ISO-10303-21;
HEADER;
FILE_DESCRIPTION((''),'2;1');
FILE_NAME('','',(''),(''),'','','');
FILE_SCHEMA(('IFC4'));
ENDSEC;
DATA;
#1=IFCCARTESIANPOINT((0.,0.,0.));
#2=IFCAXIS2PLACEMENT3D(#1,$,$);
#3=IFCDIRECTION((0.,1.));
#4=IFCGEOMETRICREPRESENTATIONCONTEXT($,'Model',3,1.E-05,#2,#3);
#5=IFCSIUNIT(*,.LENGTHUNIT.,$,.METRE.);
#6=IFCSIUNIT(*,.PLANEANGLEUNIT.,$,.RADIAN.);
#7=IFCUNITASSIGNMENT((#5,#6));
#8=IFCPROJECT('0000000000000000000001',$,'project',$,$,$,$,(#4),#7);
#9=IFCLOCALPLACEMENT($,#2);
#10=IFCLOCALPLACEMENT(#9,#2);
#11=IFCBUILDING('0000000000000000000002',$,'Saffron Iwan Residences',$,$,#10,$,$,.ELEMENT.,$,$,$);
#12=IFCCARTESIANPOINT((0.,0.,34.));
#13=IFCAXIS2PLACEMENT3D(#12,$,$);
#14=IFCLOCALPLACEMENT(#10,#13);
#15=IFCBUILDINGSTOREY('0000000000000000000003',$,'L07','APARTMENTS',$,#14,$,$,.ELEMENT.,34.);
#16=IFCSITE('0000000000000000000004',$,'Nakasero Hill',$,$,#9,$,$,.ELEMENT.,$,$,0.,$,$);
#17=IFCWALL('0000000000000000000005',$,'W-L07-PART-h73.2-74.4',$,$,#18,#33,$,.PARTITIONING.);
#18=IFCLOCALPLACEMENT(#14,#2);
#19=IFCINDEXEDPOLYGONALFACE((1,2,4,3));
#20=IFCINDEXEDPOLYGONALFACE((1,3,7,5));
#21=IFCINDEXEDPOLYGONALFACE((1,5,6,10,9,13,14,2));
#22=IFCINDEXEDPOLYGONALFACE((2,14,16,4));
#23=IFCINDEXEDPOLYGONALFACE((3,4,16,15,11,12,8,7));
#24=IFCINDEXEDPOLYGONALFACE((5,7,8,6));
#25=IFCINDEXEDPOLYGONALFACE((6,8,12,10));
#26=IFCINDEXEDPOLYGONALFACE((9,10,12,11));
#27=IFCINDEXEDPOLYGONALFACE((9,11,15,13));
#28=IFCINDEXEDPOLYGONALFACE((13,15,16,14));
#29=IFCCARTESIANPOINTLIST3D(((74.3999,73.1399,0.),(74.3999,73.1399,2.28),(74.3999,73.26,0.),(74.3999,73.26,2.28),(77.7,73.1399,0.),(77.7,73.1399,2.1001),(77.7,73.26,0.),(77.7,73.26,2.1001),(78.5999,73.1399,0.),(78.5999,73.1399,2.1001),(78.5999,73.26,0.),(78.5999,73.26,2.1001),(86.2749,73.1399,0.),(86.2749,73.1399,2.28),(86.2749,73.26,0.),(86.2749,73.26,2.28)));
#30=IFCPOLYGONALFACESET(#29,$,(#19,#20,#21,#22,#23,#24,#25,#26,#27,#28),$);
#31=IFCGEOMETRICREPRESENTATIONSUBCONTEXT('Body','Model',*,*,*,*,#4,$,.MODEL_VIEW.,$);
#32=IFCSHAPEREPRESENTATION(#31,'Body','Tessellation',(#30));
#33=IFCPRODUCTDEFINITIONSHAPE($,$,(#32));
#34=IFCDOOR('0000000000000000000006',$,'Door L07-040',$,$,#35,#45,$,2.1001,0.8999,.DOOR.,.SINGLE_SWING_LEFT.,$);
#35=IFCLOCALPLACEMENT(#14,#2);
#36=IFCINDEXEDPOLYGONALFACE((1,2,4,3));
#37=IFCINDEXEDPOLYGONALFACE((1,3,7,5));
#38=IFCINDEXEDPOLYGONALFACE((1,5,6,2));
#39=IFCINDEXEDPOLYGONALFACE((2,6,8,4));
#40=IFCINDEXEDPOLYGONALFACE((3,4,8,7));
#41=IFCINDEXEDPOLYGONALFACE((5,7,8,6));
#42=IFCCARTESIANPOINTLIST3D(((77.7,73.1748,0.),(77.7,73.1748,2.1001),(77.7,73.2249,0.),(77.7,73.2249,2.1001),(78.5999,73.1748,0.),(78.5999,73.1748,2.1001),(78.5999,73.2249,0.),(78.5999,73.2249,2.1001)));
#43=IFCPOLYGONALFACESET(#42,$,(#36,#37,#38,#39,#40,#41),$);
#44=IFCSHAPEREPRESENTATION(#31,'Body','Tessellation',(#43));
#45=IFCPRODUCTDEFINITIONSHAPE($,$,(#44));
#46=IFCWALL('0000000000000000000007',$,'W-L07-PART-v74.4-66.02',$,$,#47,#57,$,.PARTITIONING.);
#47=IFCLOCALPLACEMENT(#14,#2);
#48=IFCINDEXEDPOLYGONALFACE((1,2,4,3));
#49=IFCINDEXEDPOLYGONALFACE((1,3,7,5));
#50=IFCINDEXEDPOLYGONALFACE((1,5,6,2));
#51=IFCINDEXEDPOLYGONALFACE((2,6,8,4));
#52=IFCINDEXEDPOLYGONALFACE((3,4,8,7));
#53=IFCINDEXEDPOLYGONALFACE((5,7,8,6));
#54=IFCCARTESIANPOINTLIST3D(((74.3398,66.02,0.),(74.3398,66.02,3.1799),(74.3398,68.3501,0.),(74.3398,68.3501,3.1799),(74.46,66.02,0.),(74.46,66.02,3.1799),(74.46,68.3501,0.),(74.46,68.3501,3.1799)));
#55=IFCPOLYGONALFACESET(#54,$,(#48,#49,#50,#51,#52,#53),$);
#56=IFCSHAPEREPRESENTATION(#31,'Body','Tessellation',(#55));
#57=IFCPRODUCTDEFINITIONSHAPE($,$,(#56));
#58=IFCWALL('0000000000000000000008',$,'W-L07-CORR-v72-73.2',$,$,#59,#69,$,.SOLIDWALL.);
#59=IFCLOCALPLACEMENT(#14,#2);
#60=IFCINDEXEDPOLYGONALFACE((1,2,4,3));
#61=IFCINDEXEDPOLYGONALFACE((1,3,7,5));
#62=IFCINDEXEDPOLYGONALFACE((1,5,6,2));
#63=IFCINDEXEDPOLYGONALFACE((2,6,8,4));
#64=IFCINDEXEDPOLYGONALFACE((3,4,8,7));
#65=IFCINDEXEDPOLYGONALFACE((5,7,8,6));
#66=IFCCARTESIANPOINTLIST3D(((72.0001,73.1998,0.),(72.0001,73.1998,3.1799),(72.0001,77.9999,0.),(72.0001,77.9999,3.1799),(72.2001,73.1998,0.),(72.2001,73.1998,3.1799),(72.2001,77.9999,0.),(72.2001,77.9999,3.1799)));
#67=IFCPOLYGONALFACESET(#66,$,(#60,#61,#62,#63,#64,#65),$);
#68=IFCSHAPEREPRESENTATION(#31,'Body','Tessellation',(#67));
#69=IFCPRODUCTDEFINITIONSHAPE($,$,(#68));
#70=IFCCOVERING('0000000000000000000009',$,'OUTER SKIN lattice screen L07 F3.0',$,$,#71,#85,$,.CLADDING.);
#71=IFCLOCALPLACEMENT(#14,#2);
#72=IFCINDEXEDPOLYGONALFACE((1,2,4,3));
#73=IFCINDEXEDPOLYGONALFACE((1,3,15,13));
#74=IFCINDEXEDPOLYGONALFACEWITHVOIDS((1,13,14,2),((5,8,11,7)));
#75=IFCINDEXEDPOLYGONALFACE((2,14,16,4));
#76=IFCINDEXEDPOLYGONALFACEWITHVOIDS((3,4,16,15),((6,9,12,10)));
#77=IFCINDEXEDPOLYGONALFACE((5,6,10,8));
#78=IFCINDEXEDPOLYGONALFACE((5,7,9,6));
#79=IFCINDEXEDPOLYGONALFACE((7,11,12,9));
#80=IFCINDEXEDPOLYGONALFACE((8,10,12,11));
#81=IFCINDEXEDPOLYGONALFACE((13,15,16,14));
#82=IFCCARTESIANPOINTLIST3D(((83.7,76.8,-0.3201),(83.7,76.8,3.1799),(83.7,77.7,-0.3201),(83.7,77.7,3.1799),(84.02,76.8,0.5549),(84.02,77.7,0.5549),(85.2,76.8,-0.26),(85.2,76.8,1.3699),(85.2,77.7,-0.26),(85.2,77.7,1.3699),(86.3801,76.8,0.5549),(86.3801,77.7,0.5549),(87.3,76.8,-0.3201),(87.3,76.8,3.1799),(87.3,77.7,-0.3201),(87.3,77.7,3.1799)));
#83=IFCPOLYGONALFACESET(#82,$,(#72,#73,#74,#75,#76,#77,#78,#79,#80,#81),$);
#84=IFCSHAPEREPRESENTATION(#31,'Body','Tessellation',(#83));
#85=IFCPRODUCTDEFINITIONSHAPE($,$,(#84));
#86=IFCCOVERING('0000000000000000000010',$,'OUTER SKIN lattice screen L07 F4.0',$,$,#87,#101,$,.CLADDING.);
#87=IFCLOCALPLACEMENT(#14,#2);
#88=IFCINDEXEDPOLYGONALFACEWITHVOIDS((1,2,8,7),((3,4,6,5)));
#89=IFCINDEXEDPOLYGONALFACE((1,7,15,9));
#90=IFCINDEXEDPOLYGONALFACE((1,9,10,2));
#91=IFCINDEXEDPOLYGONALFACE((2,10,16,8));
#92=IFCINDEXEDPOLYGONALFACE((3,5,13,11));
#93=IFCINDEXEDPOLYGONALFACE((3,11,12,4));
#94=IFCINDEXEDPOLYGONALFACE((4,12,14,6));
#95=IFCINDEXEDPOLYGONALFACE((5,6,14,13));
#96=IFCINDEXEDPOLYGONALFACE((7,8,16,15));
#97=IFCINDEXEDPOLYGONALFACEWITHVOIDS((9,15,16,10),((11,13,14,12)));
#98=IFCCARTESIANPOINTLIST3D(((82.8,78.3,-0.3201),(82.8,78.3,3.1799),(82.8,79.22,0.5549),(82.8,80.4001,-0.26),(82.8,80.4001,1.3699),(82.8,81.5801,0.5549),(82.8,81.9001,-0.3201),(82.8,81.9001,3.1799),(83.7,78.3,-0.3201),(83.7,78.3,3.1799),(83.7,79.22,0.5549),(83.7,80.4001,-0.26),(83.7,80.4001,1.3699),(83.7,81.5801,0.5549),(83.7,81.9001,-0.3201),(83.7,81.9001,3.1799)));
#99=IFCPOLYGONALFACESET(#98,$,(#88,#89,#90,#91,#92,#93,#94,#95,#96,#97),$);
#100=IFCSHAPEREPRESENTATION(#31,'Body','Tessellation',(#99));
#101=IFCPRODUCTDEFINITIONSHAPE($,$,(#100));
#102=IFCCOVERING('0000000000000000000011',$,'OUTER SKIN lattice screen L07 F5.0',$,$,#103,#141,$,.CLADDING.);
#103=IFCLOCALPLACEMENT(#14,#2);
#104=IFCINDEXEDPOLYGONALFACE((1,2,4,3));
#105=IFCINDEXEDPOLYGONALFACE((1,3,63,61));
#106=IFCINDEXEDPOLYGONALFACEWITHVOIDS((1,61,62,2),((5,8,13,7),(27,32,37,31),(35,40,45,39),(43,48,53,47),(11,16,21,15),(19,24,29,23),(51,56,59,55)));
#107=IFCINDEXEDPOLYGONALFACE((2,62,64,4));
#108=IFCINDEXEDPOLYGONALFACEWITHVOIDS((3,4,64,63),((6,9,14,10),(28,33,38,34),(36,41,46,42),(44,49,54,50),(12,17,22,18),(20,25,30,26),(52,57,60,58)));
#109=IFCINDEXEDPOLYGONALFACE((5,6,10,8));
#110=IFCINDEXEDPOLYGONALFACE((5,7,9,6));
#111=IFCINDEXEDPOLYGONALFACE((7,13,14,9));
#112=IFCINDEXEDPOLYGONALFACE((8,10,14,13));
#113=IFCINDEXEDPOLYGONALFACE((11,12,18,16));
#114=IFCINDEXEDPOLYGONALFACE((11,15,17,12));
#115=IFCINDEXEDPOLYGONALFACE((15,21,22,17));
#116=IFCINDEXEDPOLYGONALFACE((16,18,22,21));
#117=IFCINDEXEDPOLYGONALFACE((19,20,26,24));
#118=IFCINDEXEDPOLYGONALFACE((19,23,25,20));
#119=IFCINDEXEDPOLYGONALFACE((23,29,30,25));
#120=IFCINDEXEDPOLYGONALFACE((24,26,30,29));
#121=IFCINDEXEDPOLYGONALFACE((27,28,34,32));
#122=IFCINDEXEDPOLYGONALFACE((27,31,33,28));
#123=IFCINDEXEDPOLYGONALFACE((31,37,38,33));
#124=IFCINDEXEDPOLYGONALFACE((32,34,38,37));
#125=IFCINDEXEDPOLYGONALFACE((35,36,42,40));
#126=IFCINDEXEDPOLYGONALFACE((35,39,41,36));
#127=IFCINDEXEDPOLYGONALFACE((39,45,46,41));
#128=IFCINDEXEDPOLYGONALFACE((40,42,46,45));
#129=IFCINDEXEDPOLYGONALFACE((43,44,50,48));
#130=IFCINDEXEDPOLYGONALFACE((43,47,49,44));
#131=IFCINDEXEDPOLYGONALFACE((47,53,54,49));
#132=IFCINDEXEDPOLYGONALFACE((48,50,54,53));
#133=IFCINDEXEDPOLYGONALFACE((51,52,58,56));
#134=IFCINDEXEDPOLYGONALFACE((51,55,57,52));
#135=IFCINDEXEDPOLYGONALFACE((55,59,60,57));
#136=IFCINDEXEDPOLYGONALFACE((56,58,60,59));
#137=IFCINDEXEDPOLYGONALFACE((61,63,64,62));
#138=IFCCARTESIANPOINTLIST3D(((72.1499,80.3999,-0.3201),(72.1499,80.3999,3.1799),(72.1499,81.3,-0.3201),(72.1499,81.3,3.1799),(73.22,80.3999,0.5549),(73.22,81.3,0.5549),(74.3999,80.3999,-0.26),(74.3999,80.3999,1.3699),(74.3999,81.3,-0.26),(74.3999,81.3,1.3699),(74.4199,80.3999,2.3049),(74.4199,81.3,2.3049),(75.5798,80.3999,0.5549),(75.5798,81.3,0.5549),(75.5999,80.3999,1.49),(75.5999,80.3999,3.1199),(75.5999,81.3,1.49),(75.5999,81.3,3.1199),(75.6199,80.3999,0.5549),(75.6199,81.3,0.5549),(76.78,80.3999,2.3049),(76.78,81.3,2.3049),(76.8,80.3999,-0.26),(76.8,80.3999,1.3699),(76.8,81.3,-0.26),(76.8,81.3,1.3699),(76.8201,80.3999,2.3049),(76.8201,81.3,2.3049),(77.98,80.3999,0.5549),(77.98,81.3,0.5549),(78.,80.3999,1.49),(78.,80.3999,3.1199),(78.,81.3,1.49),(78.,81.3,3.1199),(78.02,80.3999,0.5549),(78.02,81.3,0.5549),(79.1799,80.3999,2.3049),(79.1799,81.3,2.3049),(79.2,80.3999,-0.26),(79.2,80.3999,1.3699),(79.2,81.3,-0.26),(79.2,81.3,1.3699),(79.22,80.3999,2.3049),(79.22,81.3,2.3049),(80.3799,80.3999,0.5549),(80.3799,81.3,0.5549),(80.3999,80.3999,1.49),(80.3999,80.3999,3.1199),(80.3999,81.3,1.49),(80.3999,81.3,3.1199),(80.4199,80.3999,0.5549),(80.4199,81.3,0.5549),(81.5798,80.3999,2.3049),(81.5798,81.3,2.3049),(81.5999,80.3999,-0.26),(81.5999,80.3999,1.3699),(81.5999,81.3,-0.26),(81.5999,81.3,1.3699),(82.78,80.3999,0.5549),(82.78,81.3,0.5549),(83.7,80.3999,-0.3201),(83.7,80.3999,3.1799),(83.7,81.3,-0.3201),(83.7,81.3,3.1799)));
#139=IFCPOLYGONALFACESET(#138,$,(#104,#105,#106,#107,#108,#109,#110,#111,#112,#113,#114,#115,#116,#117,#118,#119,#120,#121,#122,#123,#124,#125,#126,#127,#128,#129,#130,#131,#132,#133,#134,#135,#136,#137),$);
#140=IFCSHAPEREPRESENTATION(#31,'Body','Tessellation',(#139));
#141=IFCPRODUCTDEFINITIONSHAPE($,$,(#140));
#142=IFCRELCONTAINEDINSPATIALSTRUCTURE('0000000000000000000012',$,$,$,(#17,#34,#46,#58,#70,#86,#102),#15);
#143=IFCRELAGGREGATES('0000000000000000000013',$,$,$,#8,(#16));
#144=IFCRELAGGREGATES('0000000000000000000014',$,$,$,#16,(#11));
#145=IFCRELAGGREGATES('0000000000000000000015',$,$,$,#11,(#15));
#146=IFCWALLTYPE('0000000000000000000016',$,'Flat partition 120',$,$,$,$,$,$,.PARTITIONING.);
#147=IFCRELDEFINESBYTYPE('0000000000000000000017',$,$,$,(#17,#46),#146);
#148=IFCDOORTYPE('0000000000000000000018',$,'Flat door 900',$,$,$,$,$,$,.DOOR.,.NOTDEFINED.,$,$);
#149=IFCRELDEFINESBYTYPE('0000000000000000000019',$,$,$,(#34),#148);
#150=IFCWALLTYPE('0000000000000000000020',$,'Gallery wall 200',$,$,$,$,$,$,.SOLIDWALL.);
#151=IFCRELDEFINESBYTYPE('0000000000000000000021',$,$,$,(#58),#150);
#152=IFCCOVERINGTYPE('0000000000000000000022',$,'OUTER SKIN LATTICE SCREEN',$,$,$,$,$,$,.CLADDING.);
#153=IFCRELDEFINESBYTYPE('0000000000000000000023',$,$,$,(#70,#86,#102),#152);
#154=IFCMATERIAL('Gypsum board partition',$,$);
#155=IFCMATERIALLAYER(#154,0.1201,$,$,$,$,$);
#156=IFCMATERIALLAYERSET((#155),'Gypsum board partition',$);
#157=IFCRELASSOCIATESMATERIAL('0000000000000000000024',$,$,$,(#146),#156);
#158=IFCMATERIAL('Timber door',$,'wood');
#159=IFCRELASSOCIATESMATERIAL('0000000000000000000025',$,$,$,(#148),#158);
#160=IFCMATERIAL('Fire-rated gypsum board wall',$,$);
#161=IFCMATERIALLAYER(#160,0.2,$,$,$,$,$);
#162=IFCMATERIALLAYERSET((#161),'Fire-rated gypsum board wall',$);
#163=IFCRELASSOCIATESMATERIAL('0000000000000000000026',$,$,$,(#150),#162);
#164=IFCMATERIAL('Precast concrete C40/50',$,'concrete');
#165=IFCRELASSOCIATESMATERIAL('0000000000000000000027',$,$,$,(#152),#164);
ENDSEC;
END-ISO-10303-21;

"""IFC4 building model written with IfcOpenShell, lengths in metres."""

from ifc_helpers import new_model, si_unit, direction, frame, frame_2d, origin, place, context, subcontext, project, spatial, polyline, rectangle, outline, extrude, material, layer, layer_set, type_object, element, fill, save


model = new_model("IFC4")

# Units and contexts
model_context = context("Model", 3, precision=1e-05, world=origin(), true_north=direction((0.0, 1.0)))
body_context = subcontext(model_context, "Body", "Model", "MODEL_VIEW")
ifc_project = project(units=[si_unit("LENGTHUNIT", "METRE"), si_unit("PLANEANGLEUNIT", "RADIAN")], contexts=[model_context])

# Site, building, storey
site_placement = place(None, origin())
site = spatial("IfcSite", under=ifc_project, at=site_placement, Name="Nakasero Hill", CompositionType="ELEMENT", RefElevation=0.0)
building_placement = place(site_placement, origin())
building = spatial("IfcBuilding", under=site, at=building_placement, Name="Saffron Iwan Residences", CompositionType="ELEMENT")
storey_placement = place(building_placement, frame((0.0, 0.0, 34.0)))
storey = spatial("IfcBuildingStorey", under=building, at=storey_placement, Name="L07", Description="APARTMENTS", CompositionType="ELEMENT", Elevation=34.0)

# Shared definitions
ifc_material_1 = material(Name="Gypsum board partition")
ifc_layer_1 = layer(ifc_material_1, 0.1201)
ifc_layer_set_1 = layer_set([ifc_layer_1], Name="Gypsum board partition")
wall_type_1 = type_object("IfcWallType", Name="Flat partition 120", PredefinedType="PARTITIONING", material=ifc_layer_set_1)

# Wall, opening, door
wall_1_placement = place(storey_placement, frame((74.3999, 73.2, 0.0), z_axis=(0.0, 0.0, 1.0), x_axis=(1.0, 0.0, 0.0)))
wall_1 = element("IfcWall", 1, at=wall_1_placement, inside=storey, type_object=wall_type_1, Name="W-L07-PART-h73.2-74.4", PredefinedType="PARTITIONING", context=body_context, shape_type="SweptSolid", body=[
    extrude(rectangle(XDim=11.875, YDim=0.1201, at=frame_2d((5.9375, 0.0))), origin(), (0.0, 0.0, 1.0), 2.28),
])
opening_1_placement = place(wall_1_placement, frame((3.3, 0.0, 0.0)))
opening_1 = element("IfcOpeningElement", 2, at=opening_1_placement, cuts=wall_1, PredefinedType="OPENING", context=body_context, shape_type="SweptSolid", body=[
    extrude(rectangle(XDim=0.8999, YDim=2.1001, at=frame_2d((0.45, 1.05))), frame((0.0, 0.0701, 0.0), z_axis=(0.0, -1.0, 0.0), x_axis=(1.0, 0.0, 0.0)), (0.0, 0.0, 1.0), 0.1401),
])
ifc_material_2 = material(Name="Timber door", Category="wood")
door_type = type_object("IfcDoorType", Name="Flat door 900", OperationType="NOTDEFINED", PredefinedType="DOOR", material=ifc_material_2)
door_placement = place(opening_1_placement, origin())
door = element("IfcDoor", 3, at=door_placement, inside=storey, type_object=door_type, Name="Door L07-040", OperationType="SINGLE_SWING_LEFT", OverallHeight=2.1001, OverallWidth=0.8999, PredefinedType="DOOR", context=body_context, shape_type="SweptSolid", body=[
    extrude(rectangle(XDim=0.8999, YDim=2.1001, at=frame_2d((0.45, 1.05))), frame((0.0, 0.0249, 0.0), z_axis=(0.0, -1.0, 0.0), x_axis=(1.0, 0.0, 0.0)), (0.0, 0.0, 1.0), 0.05),
])
fill(opening_1, door)

# Walls
wall_2_placement = place(storey_placement, frame((74.3999, 66.02, 0.0), z_axis=(0.0, 0.0, 1.0), x_axis=(0.0, 1.0, 0.0)))
element("IfcWall", 4, at=wall_2_placement, inside=storey, type_object=wall_type_1, Name="W-L07-PART-v74.4-66.02", PredefinedType="PARTITIONING", context=body_context, shape_type="SweptSolid", body=[
    extrude(rectangle(XDim=2.3301, YDim=0.1201, at=frame_2d((1.165, 0.0))), origin(), (0.0, 0.0, 1.0), 3.1799),
])
ifc_material_3 = material(Name="Fire-rated gypsum board wall")
ifc_layer_2 = layer(ifc_material_3, 0.2)
ifc_layer_set_2 = layer_set([ifc_layer_2], Name="Fire-rated gypsum board wall")
wall_type_2 = type_object("IfcWallType", Name="Gallery wall 200", PredefinedType="SOLIDWALL", material=ifc_layer_set_2)
wall_3_placement = place(storey_placement, frame((72.1001, 73.2, 0.0), z_axis=(0.0, 0.0, 1.0), x_axis=(0.0, 1.0, 0.0)))
element("IfcWall", 5, at=wall_3_placement, inside=storey, type_object=wall_type_2, Name="W-L07-CORR-v72-73.2", PredefinedType="SOLIDWALL", context=body_context, shape_type="SweptSolid", body=[
    extrude(rectangle(XDim=4.8, YDim=0.2, at=frame_2d((2.3999, 0.0))), origin(), (0.0, 0.0, 1.0), 3.1799),
])

# Coverings
ifc_material_4 = material(Name="Precast concrete C40/50", Category="concrete")
covering_type_1 = type_object("IfcCoveringType", Name="OUTER SKIN LATTICE SCREEN", PredefinedType="CLADDING", material=ifc_material_4)
for number, where, z_axis, x_axis, name in (
    (6, (87.3, 76.8, -0.3201), (0.0, 1.0, 0.0), (-1.0, 0.0, 0.0), "OUTER SKIN lattice screen L07 F3.0"),
    (7, (82.8, 78.3, -0.3201), (1.0, 0.0, 0.0), (0.0, 1.0, 0.0), "OUTER SKIN lattice screen L07 F4.0"),
):
    element("IfcCovering", number, at=place(storey_placement, frame(where, z_axis=z_axis, x_axis=x_axis)), inside=storey, type_object=covering_type_1, Name=name, PredefinedType="CLADDING", context=body_context, shape_type="SweptSolid", body=[
        extrude(outline(polyline([(0.0, 0.0), (3.6001, 0.0), (3.6001, 3.5), (0.0, 3.5), (0.0, 0.0)]), holes=[polyline([(0.9199, 0.875), (2.1001, 0.0601), (3.28, 0.875), (2.1001, 1.6899), (0.9199, 0.875)])]), origin(), (0.0, 0.0, 1.0), 0.8999),
    ])
covering_1_placement = place(storey_placement, frame((83.7, 80.3999, -0.3201), z_axis=(0.0, 1.0, 0.0), x_axis=(-1.0, 0.0, 0.0)))
element("IfcCovering", 8, at=covering_1_placement, inside=storey, type_object=covering_type_1, Name="OUTER SKIN lattice screen L07 F5.0", PredefinedType="CLADDING", context=body_context, shape_type="SweptSolid", body=[
    extrude(outline(polyline([(0.0, 0.0), (11.55, 0.0), (11.55, 3.5), (0.0, 3.5), (0.0, 0.0)]), holes=[polyline([(0.9199, 0.875), (2.1001, 0.0601), (3.28, 0.875), (2.1001, 1.6899), (0.9199, 0.875)]), polyline([(3.3201, 0.875), (4.5, 0.0601), (5.6799, 0.875), (4.5, 1.6899), (3.3201, 0.875)]), polyline([(5.72, 0.875), (6.8999, 0.0601), (8.0801, 0.875), (6.8999, 1.6899), (5.72, 0.875)]), polyline([(8.1201, 0.875), (9.3, 0.0601), (10.48, 0.875), (9.3, 1.6899), (8.1201, 0.875)]), polyline([(2.1201, 2.625), (3.3, 1.8101), (4.48, 2.625), (3.3, 3.4399), (2.1201, 2.625)]), polyline([(4.52, 2.625), (5.7, 1.8101), (6.8799, 2.625), (5.7, 3.4399), (4.52, 2.625)]), polyline([(6.9199, 2.625), (8.1001, 1.8101), (9.28, 2.625), (8.1001, 3.4399), (6.9199, 2.625)])]), origin(), (0.0, 0.0, 1.0), 0.9001),
])

save(model, "model.ifc")
